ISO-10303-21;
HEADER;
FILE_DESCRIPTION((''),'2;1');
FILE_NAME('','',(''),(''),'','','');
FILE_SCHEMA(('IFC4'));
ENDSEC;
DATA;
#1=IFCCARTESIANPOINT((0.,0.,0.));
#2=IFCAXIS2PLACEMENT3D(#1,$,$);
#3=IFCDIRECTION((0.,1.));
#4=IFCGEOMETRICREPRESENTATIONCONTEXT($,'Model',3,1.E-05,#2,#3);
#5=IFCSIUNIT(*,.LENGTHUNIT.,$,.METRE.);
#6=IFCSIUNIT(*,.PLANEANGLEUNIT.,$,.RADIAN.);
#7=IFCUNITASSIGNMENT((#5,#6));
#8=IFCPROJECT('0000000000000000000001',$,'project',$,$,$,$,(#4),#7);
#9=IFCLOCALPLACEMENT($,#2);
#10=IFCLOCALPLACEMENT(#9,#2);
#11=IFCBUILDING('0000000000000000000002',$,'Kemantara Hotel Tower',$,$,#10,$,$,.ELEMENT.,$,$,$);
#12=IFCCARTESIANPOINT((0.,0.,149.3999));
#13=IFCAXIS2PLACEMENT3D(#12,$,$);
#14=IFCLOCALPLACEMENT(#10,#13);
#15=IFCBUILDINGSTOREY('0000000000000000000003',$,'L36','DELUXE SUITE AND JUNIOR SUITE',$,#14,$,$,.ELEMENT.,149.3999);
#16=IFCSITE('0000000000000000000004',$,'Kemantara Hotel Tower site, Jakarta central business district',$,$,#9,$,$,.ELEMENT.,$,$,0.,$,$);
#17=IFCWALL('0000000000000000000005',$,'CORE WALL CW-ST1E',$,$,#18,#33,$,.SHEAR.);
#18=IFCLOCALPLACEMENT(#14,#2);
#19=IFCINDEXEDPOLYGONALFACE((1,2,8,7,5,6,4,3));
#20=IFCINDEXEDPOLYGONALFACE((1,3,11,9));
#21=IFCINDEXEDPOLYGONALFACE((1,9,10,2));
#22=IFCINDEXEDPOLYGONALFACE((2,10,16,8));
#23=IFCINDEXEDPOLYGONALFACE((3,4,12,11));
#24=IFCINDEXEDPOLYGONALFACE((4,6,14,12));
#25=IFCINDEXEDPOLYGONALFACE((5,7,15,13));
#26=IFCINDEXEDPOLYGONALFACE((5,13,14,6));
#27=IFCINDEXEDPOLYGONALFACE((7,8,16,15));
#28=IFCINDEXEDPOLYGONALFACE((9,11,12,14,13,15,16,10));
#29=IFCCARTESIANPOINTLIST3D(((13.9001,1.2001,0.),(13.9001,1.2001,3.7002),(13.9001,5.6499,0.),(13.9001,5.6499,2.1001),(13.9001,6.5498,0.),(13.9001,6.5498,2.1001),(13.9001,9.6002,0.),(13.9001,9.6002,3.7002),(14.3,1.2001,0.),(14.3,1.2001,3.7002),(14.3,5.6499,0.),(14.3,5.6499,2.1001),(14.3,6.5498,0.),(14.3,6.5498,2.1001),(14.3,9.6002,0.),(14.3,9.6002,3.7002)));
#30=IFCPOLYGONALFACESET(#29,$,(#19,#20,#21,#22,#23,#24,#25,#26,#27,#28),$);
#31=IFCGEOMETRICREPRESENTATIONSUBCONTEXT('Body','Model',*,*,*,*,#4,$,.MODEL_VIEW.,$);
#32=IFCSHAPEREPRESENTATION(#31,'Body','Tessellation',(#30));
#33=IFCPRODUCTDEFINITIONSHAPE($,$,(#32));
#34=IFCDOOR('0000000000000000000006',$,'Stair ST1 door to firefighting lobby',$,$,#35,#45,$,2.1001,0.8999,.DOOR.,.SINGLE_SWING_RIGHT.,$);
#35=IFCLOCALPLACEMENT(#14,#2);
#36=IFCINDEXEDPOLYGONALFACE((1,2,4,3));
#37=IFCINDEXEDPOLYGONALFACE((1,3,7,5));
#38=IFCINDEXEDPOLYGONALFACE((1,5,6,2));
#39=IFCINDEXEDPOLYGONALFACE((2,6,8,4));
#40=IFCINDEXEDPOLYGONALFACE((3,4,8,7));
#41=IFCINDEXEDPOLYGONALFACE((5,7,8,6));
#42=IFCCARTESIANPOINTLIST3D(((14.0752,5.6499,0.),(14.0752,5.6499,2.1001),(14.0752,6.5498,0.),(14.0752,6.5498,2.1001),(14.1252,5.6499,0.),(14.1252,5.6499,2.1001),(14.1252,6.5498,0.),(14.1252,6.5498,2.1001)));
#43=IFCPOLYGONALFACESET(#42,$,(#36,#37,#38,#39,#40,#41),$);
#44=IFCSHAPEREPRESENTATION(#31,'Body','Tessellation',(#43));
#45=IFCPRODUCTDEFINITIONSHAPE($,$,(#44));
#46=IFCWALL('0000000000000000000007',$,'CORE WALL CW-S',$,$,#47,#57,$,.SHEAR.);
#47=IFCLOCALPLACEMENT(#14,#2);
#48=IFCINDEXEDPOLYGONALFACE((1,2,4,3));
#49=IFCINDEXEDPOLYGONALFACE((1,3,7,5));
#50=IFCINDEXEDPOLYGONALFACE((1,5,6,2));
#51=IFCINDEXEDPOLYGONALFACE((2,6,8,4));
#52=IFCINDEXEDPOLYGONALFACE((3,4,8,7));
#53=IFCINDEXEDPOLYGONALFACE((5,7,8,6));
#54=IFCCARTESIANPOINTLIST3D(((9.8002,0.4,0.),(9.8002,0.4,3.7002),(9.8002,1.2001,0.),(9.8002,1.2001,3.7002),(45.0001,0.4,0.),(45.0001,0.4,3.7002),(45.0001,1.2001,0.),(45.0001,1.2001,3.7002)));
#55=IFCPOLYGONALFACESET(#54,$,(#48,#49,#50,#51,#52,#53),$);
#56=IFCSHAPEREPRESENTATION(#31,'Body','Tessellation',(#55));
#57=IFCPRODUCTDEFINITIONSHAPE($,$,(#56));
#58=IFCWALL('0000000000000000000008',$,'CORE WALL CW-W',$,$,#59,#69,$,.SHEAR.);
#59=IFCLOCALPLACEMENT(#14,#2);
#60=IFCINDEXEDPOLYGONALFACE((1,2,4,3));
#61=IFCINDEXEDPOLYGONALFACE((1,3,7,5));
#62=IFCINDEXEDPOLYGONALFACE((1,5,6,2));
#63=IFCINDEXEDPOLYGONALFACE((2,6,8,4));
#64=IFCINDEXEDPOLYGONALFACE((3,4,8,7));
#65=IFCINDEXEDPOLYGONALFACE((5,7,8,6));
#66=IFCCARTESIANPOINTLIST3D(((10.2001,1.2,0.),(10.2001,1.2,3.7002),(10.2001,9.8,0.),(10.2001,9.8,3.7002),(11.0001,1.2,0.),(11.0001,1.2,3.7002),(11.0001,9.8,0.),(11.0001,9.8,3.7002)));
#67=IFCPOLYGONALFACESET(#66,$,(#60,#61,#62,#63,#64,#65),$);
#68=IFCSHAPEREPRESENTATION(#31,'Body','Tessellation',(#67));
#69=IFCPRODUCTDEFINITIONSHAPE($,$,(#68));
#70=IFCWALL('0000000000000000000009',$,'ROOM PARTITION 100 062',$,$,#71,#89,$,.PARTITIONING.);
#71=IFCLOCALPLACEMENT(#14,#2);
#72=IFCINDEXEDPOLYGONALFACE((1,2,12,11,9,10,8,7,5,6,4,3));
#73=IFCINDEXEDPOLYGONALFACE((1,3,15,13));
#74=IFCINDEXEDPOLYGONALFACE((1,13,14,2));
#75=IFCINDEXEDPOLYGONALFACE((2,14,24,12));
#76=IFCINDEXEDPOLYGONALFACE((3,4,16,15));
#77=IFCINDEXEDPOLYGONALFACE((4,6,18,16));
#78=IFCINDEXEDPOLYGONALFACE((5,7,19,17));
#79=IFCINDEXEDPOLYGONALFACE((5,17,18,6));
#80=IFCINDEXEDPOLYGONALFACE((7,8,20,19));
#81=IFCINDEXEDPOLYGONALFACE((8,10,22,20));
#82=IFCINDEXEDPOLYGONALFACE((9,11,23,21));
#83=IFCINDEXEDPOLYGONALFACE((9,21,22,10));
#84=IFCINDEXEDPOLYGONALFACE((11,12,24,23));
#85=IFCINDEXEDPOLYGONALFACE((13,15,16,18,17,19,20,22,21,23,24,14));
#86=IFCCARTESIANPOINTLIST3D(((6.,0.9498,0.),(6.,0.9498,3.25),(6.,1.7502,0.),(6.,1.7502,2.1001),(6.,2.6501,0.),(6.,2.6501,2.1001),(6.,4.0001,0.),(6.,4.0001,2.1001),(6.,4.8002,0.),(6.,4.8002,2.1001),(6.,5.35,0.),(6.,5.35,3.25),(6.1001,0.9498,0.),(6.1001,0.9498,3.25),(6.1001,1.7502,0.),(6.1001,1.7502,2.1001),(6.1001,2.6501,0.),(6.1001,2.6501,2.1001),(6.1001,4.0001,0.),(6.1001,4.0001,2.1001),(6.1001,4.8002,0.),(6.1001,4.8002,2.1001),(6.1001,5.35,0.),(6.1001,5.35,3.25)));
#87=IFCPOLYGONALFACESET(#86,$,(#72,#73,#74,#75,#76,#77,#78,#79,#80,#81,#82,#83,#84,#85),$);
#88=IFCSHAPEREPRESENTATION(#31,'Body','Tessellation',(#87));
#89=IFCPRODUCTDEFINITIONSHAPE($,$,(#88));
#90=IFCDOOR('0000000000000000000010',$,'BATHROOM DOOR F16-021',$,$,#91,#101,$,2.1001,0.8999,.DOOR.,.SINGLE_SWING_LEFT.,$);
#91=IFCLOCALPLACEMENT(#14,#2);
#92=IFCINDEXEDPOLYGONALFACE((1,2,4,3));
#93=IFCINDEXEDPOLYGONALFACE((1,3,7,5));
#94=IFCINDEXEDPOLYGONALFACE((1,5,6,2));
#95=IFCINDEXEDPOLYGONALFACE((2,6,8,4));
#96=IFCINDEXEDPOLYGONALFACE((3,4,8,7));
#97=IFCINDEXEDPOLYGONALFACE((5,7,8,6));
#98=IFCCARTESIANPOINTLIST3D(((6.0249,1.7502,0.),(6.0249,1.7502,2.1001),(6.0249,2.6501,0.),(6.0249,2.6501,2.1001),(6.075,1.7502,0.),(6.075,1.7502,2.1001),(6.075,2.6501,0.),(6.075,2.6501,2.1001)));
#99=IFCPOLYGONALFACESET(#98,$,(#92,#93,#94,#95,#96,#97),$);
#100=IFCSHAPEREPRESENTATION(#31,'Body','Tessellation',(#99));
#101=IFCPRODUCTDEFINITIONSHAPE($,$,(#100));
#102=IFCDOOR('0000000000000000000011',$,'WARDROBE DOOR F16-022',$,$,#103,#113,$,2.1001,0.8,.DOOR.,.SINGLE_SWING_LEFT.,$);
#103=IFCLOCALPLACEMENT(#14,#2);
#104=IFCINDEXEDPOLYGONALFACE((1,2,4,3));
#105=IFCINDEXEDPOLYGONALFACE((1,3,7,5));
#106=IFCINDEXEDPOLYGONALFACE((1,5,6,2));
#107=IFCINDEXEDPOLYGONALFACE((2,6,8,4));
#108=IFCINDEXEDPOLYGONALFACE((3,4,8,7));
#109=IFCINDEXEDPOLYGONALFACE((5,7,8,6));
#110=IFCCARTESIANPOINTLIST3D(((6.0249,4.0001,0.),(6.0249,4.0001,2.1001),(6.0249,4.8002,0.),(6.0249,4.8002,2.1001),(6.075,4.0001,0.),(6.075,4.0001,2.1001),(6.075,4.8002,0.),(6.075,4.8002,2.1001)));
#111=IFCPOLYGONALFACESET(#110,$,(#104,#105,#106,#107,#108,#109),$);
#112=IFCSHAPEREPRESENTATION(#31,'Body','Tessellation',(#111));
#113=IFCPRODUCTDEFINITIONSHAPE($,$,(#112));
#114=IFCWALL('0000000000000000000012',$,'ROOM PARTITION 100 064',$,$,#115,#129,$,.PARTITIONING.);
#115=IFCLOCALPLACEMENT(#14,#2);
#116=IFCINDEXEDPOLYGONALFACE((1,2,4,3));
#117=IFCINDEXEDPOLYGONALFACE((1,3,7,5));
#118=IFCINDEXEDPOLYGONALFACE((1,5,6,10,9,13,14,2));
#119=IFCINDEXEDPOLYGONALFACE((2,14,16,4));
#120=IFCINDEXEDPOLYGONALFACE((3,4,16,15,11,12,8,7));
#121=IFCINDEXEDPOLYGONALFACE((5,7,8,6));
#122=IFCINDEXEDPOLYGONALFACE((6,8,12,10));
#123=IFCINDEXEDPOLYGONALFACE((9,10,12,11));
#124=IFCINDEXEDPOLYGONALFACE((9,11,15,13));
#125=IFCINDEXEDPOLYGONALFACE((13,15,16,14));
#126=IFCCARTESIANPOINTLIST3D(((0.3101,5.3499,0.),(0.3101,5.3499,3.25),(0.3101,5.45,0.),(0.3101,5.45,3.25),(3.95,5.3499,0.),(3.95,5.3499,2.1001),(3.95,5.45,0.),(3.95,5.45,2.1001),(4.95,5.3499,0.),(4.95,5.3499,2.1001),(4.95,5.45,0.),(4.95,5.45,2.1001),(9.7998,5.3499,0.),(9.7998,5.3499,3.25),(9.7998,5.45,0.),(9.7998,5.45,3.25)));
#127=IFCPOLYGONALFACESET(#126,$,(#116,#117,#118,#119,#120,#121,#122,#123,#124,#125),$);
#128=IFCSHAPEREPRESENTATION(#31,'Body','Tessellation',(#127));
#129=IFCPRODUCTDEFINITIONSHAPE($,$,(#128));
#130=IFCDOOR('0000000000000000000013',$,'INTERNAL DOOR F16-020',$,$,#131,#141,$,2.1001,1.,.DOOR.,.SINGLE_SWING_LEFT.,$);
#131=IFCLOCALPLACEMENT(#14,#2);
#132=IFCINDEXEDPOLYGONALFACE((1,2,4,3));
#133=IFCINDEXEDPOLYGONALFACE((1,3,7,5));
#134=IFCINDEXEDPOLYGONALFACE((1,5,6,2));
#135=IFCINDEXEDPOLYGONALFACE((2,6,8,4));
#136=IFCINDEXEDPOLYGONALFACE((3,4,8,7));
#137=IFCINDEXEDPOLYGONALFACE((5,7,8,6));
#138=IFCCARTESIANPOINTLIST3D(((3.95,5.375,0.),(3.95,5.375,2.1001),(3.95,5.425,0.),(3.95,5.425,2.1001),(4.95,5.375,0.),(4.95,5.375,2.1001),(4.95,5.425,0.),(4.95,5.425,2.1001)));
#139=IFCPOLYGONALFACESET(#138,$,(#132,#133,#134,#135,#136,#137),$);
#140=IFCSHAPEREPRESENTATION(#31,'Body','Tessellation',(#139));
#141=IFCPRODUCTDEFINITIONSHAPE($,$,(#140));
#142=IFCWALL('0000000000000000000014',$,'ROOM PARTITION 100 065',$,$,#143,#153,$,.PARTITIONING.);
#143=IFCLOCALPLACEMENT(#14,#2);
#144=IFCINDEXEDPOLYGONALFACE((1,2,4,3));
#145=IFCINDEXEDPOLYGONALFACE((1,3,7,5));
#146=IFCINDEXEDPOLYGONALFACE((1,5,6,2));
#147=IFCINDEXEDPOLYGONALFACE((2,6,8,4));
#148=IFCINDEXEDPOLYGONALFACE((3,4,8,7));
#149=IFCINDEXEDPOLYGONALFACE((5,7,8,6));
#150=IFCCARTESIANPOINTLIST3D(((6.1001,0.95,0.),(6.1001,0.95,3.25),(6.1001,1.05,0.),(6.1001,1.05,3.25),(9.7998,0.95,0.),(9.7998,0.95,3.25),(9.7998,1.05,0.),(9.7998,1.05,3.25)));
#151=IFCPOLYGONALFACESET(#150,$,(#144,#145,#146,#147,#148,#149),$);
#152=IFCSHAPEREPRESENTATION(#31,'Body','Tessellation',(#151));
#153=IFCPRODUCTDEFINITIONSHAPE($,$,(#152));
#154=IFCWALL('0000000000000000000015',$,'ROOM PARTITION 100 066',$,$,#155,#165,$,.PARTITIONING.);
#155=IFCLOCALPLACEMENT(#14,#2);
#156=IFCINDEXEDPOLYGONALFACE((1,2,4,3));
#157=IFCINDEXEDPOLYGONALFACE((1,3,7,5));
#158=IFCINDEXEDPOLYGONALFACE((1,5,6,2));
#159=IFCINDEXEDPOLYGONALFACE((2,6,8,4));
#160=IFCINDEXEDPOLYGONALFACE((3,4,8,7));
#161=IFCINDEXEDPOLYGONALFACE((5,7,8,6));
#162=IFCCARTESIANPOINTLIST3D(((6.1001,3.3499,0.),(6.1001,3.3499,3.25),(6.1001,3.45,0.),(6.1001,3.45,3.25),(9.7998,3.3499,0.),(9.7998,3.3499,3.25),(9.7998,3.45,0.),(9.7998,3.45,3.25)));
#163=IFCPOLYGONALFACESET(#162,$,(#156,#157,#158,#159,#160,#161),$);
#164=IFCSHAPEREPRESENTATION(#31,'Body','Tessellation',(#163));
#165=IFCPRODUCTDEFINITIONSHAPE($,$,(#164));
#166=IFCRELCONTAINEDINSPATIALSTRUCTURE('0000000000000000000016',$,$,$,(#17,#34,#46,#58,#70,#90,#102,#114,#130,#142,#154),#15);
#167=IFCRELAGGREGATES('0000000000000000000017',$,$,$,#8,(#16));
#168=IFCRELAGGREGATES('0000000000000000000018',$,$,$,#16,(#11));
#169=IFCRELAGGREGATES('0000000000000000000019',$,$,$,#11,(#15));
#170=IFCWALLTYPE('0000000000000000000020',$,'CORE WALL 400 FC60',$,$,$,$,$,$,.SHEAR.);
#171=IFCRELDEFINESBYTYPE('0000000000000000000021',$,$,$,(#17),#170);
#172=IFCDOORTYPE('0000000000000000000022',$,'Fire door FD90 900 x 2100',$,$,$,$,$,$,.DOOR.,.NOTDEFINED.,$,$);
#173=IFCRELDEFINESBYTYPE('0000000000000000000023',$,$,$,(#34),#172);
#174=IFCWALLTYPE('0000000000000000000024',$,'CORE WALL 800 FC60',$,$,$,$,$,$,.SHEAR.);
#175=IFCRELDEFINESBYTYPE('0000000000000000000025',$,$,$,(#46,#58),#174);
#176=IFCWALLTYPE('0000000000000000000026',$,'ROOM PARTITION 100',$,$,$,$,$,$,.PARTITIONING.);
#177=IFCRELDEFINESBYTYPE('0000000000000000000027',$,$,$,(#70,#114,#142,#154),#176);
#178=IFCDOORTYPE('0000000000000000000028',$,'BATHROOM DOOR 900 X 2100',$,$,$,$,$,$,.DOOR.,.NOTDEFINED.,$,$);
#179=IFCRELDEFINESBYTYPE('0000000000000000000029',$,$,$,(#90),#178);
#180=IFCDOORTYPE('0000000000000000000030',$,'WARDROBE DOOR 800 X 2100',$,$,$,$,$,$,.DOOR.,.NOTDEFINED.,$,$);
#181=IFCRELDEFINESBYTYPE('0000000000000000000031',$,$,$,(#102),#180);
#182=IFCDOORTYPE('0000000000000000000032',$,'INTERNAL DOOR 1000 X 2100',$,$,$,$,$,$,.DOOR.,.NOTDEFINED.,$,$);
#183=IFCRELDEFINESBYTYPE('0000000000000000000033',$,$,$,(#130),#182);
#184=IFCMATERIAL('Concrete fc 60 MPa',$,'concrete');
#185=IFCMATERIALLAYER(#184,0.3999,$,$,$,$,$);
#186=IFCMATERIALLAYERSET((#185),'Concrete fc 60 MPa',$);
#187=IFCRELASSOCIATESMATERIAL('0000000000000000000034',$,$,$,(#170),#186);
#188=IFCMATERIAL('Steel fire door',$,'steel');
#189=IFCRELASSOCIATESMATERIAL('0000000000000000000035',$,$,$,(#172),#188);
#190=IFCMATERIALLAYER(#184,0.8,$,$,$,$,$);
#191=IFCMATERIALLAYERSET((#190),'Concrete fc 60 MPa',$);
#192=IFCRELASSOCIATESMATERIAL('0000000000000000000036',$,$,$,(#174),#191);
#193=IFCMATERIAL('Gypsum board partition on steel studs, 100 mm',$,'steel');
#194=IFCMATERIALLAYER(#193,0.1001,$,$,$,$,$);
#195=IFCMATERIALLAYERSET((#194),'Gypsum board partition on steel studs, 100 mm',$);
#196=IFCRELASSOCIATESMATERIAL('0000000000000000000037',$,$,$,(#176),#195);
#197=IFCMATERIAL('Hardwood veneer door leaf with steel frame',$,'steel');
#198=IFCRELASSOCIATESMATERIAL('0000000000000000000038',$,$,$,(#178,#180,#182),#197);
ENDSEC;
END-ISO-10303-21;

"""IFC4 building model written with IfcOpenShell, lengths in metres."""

from ifc_helpers import new_model, si_unit, direction, frame, frame_2d, origin, place, context, subcontext, project, spatial, rectangle, extrude, material, layer, layer_set, type_object, element, fill, save


model = new_model("IFC4")

# Units and contexts
model_context = context("Model", 3, precision=1e-05, world=origin(), true_north=direction((0.0, 1.0)))
body_context = subcontext(model_context, "Body", "Model", "MODEL_VIEW")
ifc_project = project(units=[si_unit("LENGTHUNIT", "METRE"), si_unit("PLANEANGLEUNIT", "RADIAN")], contexts=[model_context])

# Site, building, storey
site_placement = place(None, origin())
site = spatial("IfcSite", under=ifc_project, at=site_placement, Name="Kemantara Hotel Tower site, Jakarta central business district", CompositionType="ELEMENT", RefElevation=0.0)
building_placement = place(site_placement, origin())
building = spatial("IfcBuilding", under=site, at=building_placement, Name="Kemantara Hotel Tower", CompositionType="ELEMENT")
storey_placement = place(building_placement, frame((0.0, 0.0, 149.3999)))
storey = spatial("IfcBuildingStorey", under=building, at=storey_placement, Name="L36", Description="DELUXE SUITE AND JUNIOR SUITE", CompositionType="ELEMENT", Elevation=149.3999)

# Shared definitions
ifc_material_1 = material(Name="Concrete fc 60 MPa", Category="concrete")
ifc_layer_1 = layer(ifc_material_1, 0.3999)
ifc_layer_set_1 = layer_set([ifc_layer_1], Name="Concrete fc 60 MPa")
wall_type_1 = type_object("IfcWallType", Name="CORE WALL 400 FC60", PredefinedType="SHEAR", material=ifc_layer_set_1)
ifc_material_2 = material(Name="Steel fire door", Category="steel")

# Wall, opening, door
wall_1_placement = place(storey_placement, frame((14.1001, 1.2, 0.0), z_axis=(0.0, 0.0, 1.0), x_axis=(0.0, 1.0, 0.0)))
wall_1 = element("IfcWall", 1, at=wall_1_placement, inside=storey, type_object=wall_type_1, Name="CORE WALL CW-ST1E", PredefinedType="SHEAR", context=body_context, shape_type="SweptSolid", body=[
    extrude(rectangle(XDim=8.4001, YDim=0.3999, at=frame_2d((4.2002, 0.0))), origin(), (0.0, 0.0, 1.0), 3.7002),
])
opening_1_placement = place(wall_1_placement, frame((4.45, 0.0, 0.0)))
opening_1 = element("IfcOpeningElement", 2, at=opening_1_placement, cuts=wall_1, PredefinedType="OPENING", context=body_context, shape_type="SweptSolid", body=[
    extrude(rectangle(XDim=0.8999, YDim=2.1001, at=frame_2d((0.45, 1.05))), frame((0.0, 0.21, 0.0), z_axis=(0.0, -1.0, 0.0), x_axis=(1.0, 0.0, 0.0)), (0.0, 0.0, 1.0), 0.4199),
])
door_type_1 = type_object("IfcDoorType", Name="Fire door FD90 900 x 2100", OperationType="NOTDEFINED", PredefinedType="DOOR", material=ifc_material_2)
door_1_placement = place(opening_1_placement, origin())
door_1 = element("IfcDoor", 3, at=door_1_placement, inside=storey, type_object=door_type_1, Name="Stair ST1 door to firefighting lobby", OperationType="SINGLE_SWING_RIGHT", OverallHeight=2.1001, OverallWidth=0.8999, PredefinedType="DOOR", context=body_context, shape_type="SweptSolid", body=[
    extrude(rectangle(XDim=0.8999, YDim=2.1001, at=frame_2d((0.45, 1.05))), frame((0.0, 0.0249, 0.0), z_axis=(0.0, -1.0, 0.0), x_axis=(1.0, 0.0, 0.0)), (0.0, 0.0, 1.0), 0.05),
])
fill(opening_1, door_1)

# Walls
ifc_layer_2 = layer(ifc_material_1, 0.8)
ifc_layer_set_2 = layer_set([ifc_layer_2], Name="Concrete fc 60 MPa")
wall_type_2 = type_object("IfcWallType", Name="CORE WALL 800 FC60", PredefinedType="SHEAR", material=ifc_layer_set_2)
wall_2_placement = place(storey_placement, frame((9.8, 0.8, 0.0), z_axis=(0.0, 0.0, 1.0), x_axis=(1.0, 0.0, 0.0)))
element("IfcWall", 4, at=wall_2_placement, inside=storey, type_object=wall_type_2, Name="CORE WALL CW-S", PredefinedType="SHEAR", context=body_context, shape_type="SweptSolid", body=[
    extrude(rectangle(XDim=35.2, YDim=0.8, at=frame_2d((17.6001, 0.0))), origin(), (0.0, 0.0, 1.0), 3.7002),
])
wall_3_placement = place(storey_placement, frame((10.6001, 1.2, 0.0), z_axis=(0.0, 0.0, 1.0), x_axis=(0.0, 1.0, 0.0)))
element("IfcWall", 5, at=wall_3_placement, inside=storey, type_object=wall_type_2, Name="CORE WALL CW-W", PredefinedType="SHEAR", context=body_context, shape_type="SweptSolid", body=[
    extrude(rectangle(XDim=8.6001, YDim=0.8, at=frame_2d((4.3, 0.0))), origin(), (0.0, 0.0, 1.0), 3.7002),
])

# Wall, openings, doors
ifc_material_3 = material(Name="Gypsum board partition on steel studs, 100 mm", Category="steel")
ifc_layer_3 = layer(ifc_material_3, 0.1001)
ifc_layer_set_3 = layer_set([ifc_layer_3], Name="Gypsum board partition on steel studs, 100 mm")
wall_type_3 = type_object("IfcWallType", Name="ROOM PARTITION 100", PredefinedType="PARTITIONING", material=ifc_layer_set_3)
wall_4_placement = place(storey_placement, frame((6.05, 5.3501, 0.0), z_axis=(0.0, 0.0, 1.0), x_axis=(0.0, -1.0, 0.0)))
wall_4 = element("IfcWall", 6, at=wall_4_placement, inside=storey, type_object=wall_type_3, Name="ROOM PARTITION 100 062", PredefinedType="PARTITIONING", context=body_context, shape_type="SweptSolid", body=[
    extrude(rectangle(XDim=4.4001, YDim=0.1001, at=frame_2d((2.2002, 0.0))), origin(), (0.0, 0.0, 1.0), 3.25),
])
opening_2_placement = place(wall_4_placement, frame((2.7, 0.0, 0.0)))
opening_2 = element("IfcOpeningElement", 7, at=opening_2_placement, cuts=wall_4, PredefinedType="OPENING", context=body_context, shape_type="SweptSolid", body=[
    extrude(rectangle(XDim=0.8999, YDim=2.1001, at=frame_2d((0.45, 1.05))), frame((0.0, 0.0601, 0.0), z_axis=(0.0, -1.0, 0.0), x_axis=(1.0, 0.0, 0.0)), (0.0, 0.0, 1.0), 0.1201),
])
opening_3_placement = place(wall_4_placement, frame((0.55, 0.0, 0.0)))
opening_3 = element("IfcOpeningElement", 8, at=opening_3_placement, cuts=wall_4, PredefinedType="OPENING", context=body_context, shape_type="SweptSolid", body=[
    extrude(rectangle(XDim=0.8, YDim=2.1001, at=frame_2d((0.3999, 1.05))), frame((0.0, 0.0601, 0.0), z_axis=(0.0, -1.0, 0.0), x_axis=(1.0, 0.0, 0.0)), (0.0, 0.0, 1.0), 0.1201),
])
ifc_material_4 = material(Name="Hardwood veneer door leaf with steel frame", Category="steel")
door_type_2 = type_object("IfcDoorType", Name="BATHROOM DOOR 900 X 2100", OperationType="NOTDEFINED", PredefinedType="DOOR", material=ifc_material_4)
door_2_placement = place(opening_2_placement, origin())
door_2 = element("IfcDoor", 9, at=door_2_placement, inside=storey, type_object=door_type_2, Name="BATHROOM DOOR F16-021", OperationType="SINGLE_SWING_LEFT", OverallHeight=2.1001, OverallWidth=0.8999, PredefinedType="DOOR", context=body_context, shape_type="SweptSolid", body=[
    extrude(rectangle(XDim=0.8999, YDim=2.1001, at=frame_2d((0.45, 1.05))), frame((0.0, 0.0249, 0.0), z_axis=(0.0, -1.0, 0.0), x_axis=(1.0, 0.0, 0.0)), (0.0, 0.0, 1.0), 0.05),
])
fill(opening_2, door_2)
door_type_3 = type_object("IfcDoorType", Name="WARDROBE DOOR 800 X 2100", OperationType="NOTDEFINED", PredefinedType="DOOR", material=ifc_material_4)
door_3_placement = place(opening_3_placement, origin())
door_3 = element("IfcDoor", 10, at=door_3_placement, inside=storey, type_object=door_type_3, Name="WARDROBE DOOR F16-022", OperationType="SINGLE_SWING_LEFT", OverallHeight=2.1001, OverallWidth=0.8, PredefinedType="DOOR", context=body_context, shape_type="SweptSolid", body=[
    extrude(rectangle(XDim=0.8, YDim=2.1001, at=frame_2d((0.3999, 1.05))), frame((0.0, 0.0249, 0.0), z_axis=(0.0, -1.0, 0.0), x_axis=(1.0, 0.0, 0.0)), (0.0, 0.0, 1.0), 0.05),
])
fill(opening_3, door_3)

# Wall, opening, door
wall_5_placement = place(storey_placement, frame((9.7998, 5.3999, 0.0), z_axis=(0.0, 0.0, 1.0), x_axis=(-1.0, 0.0, 0.0)))
wall_5 = element("IfcWall", 11, at=wall_5_placement, inside=storey, type_object=wall_type_3, Name="ROOM PARTITION 100 064", PredefinedType="PARTITIONING", context=body_context, shape_type="SweptSolid", body=[
    extrude(rectangle(XDim=9.4897, YDim=0.1001, at=frame_2d((4.7449, 0.0))), origin(), (0.0, 0.0, 1.0), 3.25),
])
opening_4_placement = place(wall_5_placement, frame((4.8499, 0.0, 0.0)))
opening_4 = element("IfcOpeningElement", 12, at=opening_4_placement, cuts=wall_5, PredefinedType="OPENING", context=body_context, shape_type="SweptSolid", body=[
    extrude(rectangle(XDim=1.0, YDim=2.1001, at=frame_2d((0.5, 1.05))), frame((0.0, 0.0601, 0.0), z_axis=(0.0, -1.0, 0.0), x_axis=(1.0, 0.0, 0.0)), (0.0, 0.0, 1.0), 0.1201),
])
door_type_4 = type_object("IfcDoorType", Name="INTERNAL DOOR 1000 X 2100", OperationType="NOTDEFINED", PredefinedType="DOOR", material=ifc_material_4)
door_4_placement = place(opening_4_placement, origin())
door_4 = element("IfcDoor", 13, at=door_4_placement, inside=storey, type_object=door_type_4, Name="INTERNAL DOOR F16-020", OperationType="SINGLE_SWING_LEFT", OverallHeight=2.1001, OverallWidth=1.0, PredefinedType="DOOR", context=body_context, shape_type="SweptSolid", body=[
    extrude(rectangle(XDim=1.0, YDim=2.1001, at=frame_2d((0.5, 1.05))), frame((0.0, 0.0249, 0.0), z_axis=(0.0, -1.0, 0.0), x_axis=(1.0, 0.0, 0.0)), (0.0, 0.0, 1.0), 0.05),
])
fill(opening_4, door_4)

# Walls
for number, where, z_axis, x_axis, name in (
    (14, (6.1001, 1.0, 0.0), (0.0, 0.0, 1.0), (1.0, 0.0, 0.0), "ROOM PARTITION 100 065"),
    (15, (6.1001, 3.3999, 0.0), (0.0, 0.0, 1.0), (1.0, 0.0, 0.0), "ROOM PARTITION 100 066"),
):
    element("IfcWall", number, at=place(storey_placement, frame(where, z_axis=z_axis, x_axis=x_axis)), inside=storey, type_object=wall_type_3, Name=name, PredefinedType="PARTITIONING", context=body_context, shape_type="SweptSolid", body=[
        extrude(rectangle(XDim=3.6997, YDim=0.1001, at=frame_2d((1.8499, 0.0))), origin(), (0.0, 0.0, 1.0), 3.25),
    ])

save(model, "model.ifc")
